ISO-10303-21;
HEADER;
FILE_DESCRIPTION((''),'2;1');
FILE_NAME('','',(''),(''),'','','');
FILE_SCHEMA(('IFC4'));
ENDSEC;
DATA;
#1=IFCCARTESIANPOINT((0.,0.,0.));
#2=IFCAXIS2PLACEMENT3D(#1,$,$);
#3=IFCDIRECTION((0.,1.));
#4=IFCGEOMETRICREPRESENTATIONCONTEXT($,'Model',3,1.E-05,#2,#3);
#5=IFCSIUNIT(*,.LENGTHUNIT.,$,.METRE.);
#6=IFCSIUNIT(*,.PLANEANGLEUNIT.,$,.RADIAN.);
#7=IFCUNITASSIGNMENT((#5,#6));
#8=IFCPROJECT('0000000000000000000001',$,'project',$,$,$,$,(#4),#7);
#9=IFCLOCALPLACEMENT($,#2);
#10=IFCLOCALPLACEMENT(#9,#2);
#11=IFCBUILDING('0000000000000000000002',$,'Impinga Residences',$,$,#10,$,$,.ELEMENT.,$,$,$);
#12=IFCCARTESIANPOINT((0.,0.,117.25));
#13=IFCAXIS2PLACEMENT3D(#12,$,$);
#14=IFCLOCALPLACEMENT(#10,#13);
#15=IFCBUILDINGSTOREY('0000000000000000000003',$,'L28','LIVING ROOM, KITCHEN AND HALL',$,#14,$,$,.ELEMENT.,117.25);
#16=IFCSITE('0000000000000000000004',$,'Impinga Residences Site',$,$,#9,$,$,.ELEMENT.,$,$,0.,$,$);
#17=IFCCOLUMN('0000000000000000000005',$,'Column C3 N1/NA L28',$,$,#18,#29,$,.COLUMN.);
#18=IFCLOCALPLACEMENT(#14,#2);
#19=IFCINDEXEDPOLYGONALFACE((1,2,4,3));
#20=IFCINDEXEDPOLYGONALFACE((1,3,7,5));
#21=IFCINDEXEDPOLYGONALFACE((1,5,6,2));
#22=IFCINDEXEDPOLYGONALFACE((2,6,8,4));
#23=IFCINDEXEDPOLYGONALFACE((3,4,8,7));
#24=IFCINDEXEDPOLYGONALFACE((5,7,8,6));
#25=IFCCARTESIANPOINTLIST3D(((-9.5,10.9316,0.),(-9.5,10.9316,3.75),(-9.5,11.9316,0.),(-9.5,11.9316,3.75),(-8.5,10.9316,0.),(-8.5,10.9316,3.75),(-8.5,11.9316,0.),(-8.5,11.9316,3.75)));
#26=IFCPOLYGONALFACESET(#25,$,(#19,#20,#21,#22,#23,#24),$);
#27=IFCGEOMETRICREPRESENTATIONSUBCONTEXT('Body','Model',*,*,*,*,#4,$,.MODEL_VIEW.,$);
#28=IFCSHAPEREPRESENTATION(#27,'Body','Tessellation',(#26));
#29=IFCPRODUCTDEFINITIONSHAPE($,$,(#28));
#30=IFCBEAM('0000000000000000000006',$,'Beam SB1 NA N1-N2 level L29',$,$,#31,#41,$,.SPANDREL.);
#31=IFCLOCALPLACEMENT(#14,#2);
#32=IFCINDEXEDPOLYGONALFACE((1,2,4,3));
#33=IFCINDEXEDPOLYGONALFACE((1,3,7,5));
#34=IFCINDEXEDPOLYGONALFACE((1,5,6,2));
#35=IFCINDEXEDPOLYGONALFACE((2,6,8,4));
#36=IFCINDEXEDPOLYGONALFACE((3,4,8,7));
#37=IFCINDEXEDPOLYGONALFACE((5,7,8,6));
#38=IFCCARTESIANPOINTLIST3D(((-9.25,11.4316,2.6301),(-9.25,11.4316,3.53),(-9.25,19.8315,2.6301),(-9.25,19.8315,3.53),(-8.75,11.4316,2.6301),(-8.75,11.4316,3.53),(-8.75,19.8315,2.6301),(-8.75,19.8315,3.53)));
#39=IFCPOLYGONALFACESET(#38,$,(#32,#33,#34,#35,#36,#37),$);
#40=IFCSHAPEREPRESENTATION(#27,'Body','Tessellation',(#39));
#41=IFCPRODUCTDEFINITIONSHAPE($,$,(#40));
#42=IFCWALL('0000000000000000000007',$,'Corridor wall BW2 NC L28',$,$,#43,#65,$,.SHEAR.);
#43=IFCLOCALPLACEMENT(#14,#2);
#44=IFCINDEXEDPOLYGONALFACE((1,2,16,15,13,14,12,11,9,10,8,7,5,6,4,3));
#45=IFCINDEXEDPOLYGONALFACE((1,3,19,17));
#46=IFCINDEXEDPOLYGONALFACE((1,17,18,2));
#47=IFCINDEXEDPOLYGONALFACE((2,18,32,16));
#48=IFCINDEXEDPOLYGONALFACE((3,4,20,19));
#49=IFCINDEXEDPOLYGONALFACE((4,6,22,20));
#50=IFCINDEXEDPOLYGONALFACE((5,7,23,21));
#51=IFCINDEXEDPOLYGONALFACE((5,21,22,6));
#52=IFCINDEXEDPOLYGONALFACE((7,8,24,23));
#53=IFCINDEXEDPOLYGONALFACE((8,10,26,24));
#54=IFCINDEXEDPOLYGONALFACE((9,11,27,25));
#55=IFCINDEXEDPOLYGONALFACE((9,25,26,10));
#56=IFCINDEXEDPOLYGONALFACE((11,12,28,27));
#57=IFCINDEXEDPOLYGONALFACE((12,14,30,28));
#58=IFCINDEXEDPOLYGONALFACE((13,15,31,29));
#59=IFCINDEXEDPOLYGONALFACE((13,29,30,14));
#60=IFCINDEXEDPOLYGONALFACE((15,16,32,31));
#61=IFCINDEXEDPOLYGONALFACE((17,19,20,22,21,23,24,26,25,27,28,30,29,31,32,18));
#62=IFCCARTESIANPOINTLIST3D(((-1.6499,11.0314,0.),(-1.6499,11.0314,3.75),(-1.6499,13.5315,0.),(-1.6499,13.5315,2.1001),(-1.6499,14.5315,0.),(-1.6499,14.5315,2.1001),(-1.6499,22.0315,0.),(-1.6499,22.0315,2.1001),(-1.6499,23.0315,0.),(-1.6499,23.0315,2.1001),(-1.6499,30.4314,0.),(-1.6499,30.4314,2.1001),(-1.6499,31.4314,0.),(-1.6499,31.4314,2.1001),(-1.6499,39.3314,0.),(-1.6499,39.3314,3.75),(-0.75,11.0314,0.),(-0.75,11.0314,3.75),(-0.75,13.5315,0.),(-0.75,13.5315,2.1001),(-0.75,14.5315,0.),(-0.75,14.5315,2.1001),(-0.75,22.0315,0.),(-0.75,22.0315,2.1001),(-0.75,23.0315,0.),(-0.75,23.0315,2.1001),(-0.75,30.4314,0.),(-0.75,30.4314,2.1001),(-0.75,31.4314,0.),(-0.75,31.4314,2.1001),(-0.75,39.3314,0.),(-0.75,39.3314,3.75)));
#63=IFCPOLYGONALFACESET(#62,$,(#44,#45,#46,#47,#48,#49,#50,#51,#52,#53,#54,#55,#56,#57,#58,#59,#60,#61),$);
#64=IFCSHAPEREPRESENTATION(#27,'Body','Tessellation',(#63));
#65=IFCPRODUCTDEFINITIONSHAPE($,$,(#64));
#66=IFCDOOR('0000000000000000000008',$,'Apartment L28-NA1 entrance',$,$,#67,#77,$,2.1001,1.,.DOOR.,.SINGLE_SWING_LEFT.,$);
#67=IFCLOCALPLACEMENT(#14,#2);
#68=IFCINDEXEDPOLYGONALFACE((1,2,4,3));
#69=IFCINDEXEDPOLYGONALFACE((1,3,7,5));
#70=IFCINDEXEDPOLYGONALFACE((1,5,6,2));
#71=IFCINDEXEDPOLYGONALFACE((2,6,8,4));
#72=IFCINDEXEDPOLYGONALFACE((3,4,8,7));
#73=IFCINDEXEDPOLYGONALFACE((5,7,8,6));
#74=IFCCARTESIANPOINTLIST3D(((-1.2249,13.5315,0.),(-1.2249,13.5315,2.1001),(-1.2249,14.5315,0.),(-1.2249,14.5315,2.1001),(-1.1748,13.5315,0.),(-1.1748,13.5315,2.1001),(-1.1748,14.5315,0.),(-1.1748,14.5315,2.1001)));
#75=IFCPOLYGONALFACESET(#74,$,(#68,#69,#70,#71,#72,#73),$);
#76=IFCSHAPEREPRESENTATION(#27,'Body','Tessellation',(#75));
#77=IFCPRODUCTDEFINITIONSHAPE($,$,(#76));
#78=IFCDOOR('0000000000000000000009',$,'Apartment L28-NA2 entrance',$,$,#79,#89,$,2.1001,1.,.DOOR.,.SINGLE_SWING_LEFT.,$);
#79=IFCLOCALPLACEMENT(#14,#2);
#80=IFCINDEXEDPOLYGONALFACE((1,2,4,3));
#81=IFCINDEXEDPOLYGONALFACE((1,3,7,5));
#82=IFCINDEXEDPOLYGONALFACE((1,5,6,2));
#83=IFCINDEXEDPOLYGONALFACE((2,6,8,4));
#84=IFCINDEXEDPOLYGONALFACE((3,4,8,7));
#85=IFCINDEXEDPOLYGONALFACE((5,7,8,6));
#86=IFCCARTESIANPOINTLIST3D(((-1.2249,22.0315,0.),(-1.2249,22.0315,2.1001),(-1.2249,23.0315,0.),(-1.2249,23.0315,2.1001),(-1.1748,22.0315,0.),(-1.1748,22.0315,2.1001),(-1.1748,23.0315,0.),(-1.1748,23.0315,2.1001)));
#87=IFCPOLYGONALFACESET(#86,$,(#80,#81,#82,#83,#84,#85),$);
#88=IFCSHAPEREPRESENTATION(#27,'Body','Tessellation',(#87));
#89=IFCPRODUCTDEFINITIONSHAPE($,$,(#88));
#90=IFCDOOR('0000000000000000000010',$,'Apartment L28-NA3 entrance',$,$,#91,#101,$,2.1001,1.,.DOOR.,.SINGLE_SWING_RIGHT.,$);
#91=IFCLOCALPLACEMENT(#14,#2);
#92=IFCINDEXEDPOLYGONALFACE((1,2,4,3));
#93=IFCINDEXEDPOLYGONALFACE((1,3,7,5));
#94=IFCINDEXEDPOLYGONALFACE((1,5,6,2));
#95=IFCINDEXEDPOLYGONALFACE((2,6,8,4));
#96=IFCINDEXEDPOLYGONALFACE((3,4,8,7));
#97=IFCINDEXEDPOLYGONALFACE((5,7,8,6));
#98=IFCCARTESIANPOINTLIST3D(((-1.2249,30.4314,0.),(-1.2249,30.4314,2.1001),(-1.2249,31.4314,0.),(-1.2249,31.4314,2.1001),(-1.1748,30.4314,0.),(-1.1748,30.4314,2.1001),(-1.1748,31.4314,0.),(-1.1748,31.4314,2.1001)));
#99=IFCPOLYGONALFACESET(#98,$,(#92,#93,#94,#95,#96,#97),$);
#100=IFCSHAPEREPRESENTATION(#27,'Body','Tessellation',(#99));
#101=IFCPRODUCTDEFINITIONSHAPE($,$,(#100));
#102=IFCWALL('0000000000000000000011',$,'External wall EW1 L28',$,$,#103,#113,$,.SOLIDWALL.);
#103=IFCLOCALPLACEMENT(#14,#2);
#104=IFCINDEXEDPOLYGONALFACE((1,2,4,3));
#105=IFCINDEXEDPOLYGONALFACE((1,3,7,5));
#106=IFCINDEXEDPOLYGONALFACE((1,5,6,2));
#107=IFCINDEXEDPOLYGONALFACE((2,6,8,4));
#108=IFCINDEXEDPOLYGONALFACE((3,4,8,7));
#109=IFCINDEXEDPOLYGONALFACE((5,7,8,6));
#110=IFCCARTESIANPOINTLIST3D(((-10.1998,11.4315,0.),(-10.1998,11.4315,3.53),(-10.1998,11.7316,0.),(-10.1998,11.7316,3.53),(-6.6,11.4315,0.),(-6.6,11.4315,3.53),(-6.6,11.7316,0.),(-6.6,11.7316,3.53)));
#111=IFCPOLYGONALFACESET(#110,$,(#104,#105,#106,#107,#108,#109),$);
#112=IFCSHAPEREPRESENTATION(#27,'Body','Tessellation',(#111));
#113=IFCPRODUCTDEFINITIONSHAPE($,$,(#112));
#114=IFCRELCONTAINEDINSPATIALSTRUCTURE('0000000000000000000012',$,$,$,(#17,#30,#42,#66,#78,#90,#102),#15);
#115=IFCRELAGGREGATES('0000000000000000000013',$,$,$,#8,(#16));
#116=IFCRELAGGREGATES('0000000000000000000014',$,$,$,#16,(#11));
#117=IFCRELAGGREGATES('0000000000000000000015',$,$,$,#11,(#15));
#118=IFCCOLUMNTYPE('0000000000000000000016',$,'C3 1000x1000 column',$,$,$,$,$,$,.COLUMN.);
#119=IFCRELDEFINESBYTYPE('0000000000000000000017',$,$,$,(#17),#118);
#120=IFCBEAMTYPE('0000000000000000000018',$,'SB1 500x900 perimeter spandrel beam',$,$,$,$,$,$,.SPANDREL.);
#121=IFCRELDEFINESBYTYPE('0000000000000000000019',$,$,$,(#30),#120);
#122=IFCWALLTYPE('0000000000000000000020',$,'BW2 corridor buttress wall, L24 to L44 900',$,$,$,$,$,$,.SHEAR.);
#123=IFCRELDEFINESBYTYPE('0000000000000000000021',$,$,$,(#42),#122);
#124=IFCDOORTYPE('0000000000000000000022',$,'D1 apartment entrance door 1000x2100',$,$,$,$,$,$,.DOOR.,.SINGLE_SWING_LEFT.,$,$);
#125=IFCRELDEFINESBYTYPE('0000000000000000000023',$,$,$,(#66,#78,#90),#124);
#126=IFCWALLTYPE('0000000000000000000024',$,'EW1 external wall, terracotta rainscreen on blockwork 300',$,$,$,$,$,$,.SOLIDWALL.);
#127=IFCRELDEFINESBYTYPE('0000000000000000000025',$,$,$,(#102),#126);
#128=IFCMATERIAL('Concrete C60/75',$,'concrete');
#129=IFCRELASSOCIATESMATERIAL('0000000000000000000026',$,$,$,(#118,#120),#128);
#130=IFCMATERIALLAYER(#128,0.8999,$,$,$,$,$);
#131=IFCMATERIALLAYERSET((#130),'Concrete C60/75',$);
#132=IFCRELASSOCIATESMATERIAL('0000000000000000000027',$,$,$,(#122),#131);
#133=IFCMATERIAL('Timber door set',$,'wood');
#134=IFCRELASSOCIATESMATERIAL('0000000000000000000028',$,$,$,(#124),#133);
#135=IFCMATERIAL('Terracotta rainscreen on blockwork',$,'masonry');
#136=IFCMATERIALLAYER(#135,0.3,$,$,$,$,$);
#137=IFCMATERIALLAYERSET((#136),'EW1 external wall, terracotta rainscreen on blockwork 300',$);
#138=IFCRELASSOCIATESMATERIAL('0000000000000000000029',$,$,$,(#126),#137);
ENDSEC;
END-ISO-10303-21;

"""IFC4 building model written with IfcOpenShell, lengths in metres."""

from ifc_helpers import new_model, si_unit, direction, frame, frame_2d, origin, origin_2d, place, context, subcontext, project, spatial, rectangle, extrude, material, layer, layer_set, material_profile, profile_set, type_object, element, fill, save


model = new_model("IFC4")

# Units and contexts
model_context = context("Model", 3, precision=1e-05, world=origin(), true_north=direction((0.0, 1.0)))
body_context = subcontext(model_context, "Body", "Model", "MODEL_VIEW")
ifc_project = project(units=[si_unit("LENGTHUNIT", "METRE"), si_unit("PLANEANGLEUNIT", "RADIAN")], contexts=[model_context])

# Site, building, storey
site_placement = place(None, origin())
site = spatial("IfcSite", under=ifc_project, at=site_placement, Name="Impinga Residences Site", CompositionType="ELEMENT", RefElevation=0.0)
building_placement = place(site_placement, origin())
building = spatial("IfcBuilding", under=site, at=building_placement, Name="Impinga Residences", CompositionType="ELEMENT")
storey_placement = place(building_placement, frame((0.0, 0.0, 117.25)))
storey = spatial("IfcBuildingStorey", under=building, at=storey_placement, Name="L28", Description="LIVING ROOM, KITCHEN AND HALL", CompositionType="ELEMENT", Elevation=117.25)

# Column
ifc_material_1 = material(Name="Concrete C60/75", Category="concrete")
ifc_material_profile_1 = material_profile(ifc_material_1, rectangle(XDim=1.0, YDim=1.0, at=origin_2d()), Name="RC 1000x1000")
ifc_profile_set_1 = profile_set([ifc_material_profile_1], Name="Concrete C60/75")
column_type = type_object("IfcColumnType", Name="C3 1000x1000 column", PredefinedType="COLUMN", material=ifc_profile_set_1)
column_placement = place(storey_placement, frame((-9.0, 11.4316, 0.0), z_axis=(0.0, 0.0, 1.0), x_axis=(1.0, 0.0, 0.0)))
element("IfcColumn", 1, at=column_placement, inside=storey, type_object=column_type, Name="Column C3 N1/NA L28", PredefinedType="COLUMN", context=body_context, shape_type="SweptSolid", body=[
    extrude(rectangle(XDim=1.0, YDim=1.0, at=origin_2d()), origin(), (0.0, 0.0, 1.0), 3.75),
])

# Beam
ifc_material_profile_2 = material_profile(ifc_material_1, rectangle(XDim=0.5, YDim=0.8999, at=origin_2d()), Name="RC 500x900")
ifc_profile_set_2 = profile_set([ifc_material_profile_2], Name="Concrete C60/75")
beam_type = type_object("IfcBeamType", Name="SB1 500x900 perimeter spandrel beam", PredefinedType="SPANDREL", material=ifc_profile_set_2)
beam_placement = place(storey_placement, frame((-9.0, 11.4316, 3.0801), z_axis=(0.0, 1.0, 0.0), x_axis=(-1.0, 0.0, 0.0)))
element("IfcBeam", 2, at=beam_placement, inside=storey, type_object=beam_type, Name="Beam SB1 NA N1-N2 level L29", PredefinedType="SPANDREL", context=body_context, shape_type="SweptSolid", body=[
    extrude(rectangle(XDim=0.5, YDim=0.8999, at=origin_2d()), origin(), (0.0, 0.0, 1.0), 8.3999),
])

# Wall, openings, doors
ifc_layer_1 = layer(ifc_material_1, 0.8999)
ifc_layer_set_1 = layer_set([ifc_layer_1], Name="Concrete C60/75")
wall_type_1 = type_object("IfcWallType", Name="BW2 corridor buttress wall, L24 to L44 900", PredefinedType="SHEAR", material=ifc_layer_set_1)
wall_1_placement = place(storey_placement, frame((-1.2, 11.0315, 0.0), z_axis=(0.0, 0.0, 1.0), x_axis=(0.0, 1.0, 0.0)))
wall_1 = element("IfcWall", 3, at=wall_1_placement, inside=storey, type_object=wall_type_1, Name="Corridor wall BW2 NC L28", PredefinedType="SHEAR", context=body_context, shape_type="SweptSolid", body=[
    extrude(rectangle(XDim=28.3, YDim=0.8999, at=frame_2d((14.1499, 0.0))), origin(), (0.0, 0.0, 1.0), 3.75),
])
opening_1_placement = place(wall_1_placement, frame((2.5, 0.0, 0.0)))
opening_1 = element("IfcOpeningElement", 4, at=opening_1_placement, cuts=wall_1, PredefinedType="OPENING", context=body_context, shape_type="SweptSolid", body=[
    extrude(rectangle(XDim=1.0, YDim=2.1001, at=frame_2d((0.5, 1.05))), frame((0.0, 0.46, 0.0), z_axis=(0.0, -1.0, 0.0), x_axis=(1.0, 0.0, 0.0)), (0.0, 0.0, 1.0), 0.9199),
])
opening_2_placement = place(wall_1_placement, frame((11.0, 0.0, 0.0)))
opening_2 = element("IfcOpeningElement", 5, at=opening_2_placement, cuts=wall_1, PredefinedType="OPENING", context=body_context, shape_type="SweptSolid", body=[
    extrude(rectangle(XDim=1.0, YDim=2.1001, at=frame_2d((0.5, 1.05))), frame((0.0, 0.46, 0.0), z_axis=(0.0, -1.0, 0.0), x_axis=(1.0, 0.0, 0.0)), (0.0, 0.0, 1.0), 0.9199),
])
opening_3_placement = place(wall_1_placement, frame((19.3999, 0.0, 0.0)))
opening_3 = element("IfcOpeningElement", 6, at=opening_3_placement, cuts=wall_1, PredefinedType="OPENING", context=body_context, shape_type="SweptSolid", body=[
    extrude(rectangle(XDim=1.0, YDim=2.1001, at=frame_2d((0.5, 1.05))), frame((0.0, 0.46, 0.0), z_axis=(0.0, -1.0, 0.0), x_axis=(1.0, 0.0, 0.0)), (0.0, 0.0, 1.0), 0.9199),
])
ifc_material_2 = material(Name="Timber door set", Category="wood")
door_type_1 = type_object("IfcDoorType", Name="D1 apartment entrance door 1000x2100", OperationType="SINGLE_SWING_LEFT", PredefinedType="DOOR", material=ifc_material_2)
door_1_placement = place(opening_1_placement, origin())
door_1 = element("IfcDoor", 7, at=door_1_placement, inside=storey, type_object=door_type_1, Name="Apartment L28-NA1 entrance", OperationType="SINGLE_SWING_LEFT", OverallHeight=2.1001, OverallWidth=1.0, PredefinedType="DOOR", context=body_context, shape_type="SweptSolid", body=[
    extrude(rectangle(XDim=1.0, YDim=2.1001, at=frame_2d((0.5, 1.05))), frame((0.0, 0.0249, 0.0), z_axis=(0.0, -1.0, 0.0), x_axis=(1.0, 0.0, 0.0)), (0.0, 0.0, 1.0), 0.05),
])
fill(opening_1, door_1)
door_2_placement = place(opening_2_placement, origin())
door_2 = element("IfcDoor", 8, at=door_2_placement, inside=storey, type_object=door_type_1, Name="Apartment L28-NA2 entrance", OperationType="SINGLE_SWING_LEFT", OverallHeight=2.1001, OverallWidth=1.0, PredefinedType="DOOR", context=body_context, shape_type="SweptSolid", body=[
    extrude(rectangle(XDim=1.0, YDim=2.1001, at=frame_2d((0.5, 1.05))), frame((0.0, 0.0249, 0.0), z_axis=(0.0, -1.0, 0.0), x_axis=(1.0, 0.0, 0.0)), (0.0, 0.0, 1.0), 0.05),
])
fill(opening_2, door_2)
door_3_placement = place(opening_3_placement, origin())
door_3 = element("IfcDoor", 9, at=door_3_placement, inside=storey, type_object=door_type_1, Name="Apartment L28-NA3 entrance", OperationType="SINGLE_SWING_RIGHT", OverallHeight=2.1001, OverallWidth=1.0, PredefinedType="DOOR", context=body_context, shape_type="SweptSolid", body=[
    extrude(rectangle(XDim=1.0, YDim=2.1001, at=frame_2d((0.5, 1.05))), frame((0.0, 0.0249, 0.0), z_axis=(0.0, -1.0, 0.0), x_axis=(1.0, 0.0, 0.0)), (0.0, 0.0, 1.0), 0.05),
])
fill(opening_3, door_3)

# Wall
ifc_material_3 = material(Name="Terracotta rainscreen on blockwork", Category="masonry")
ifc_layer_2 = layer(ifc_material_3, 0.3)
ifc_layer_set_2 = layer_set([ifc_layer_2], Name="EW1 external wall, terracotta rainscreen on blockwork 300")
wall_type_2 = type_object("IfcWallType", Name="EW1 external wall, terracotta rainscreen on blockwork 300", PredefinedType="SOLIDWALL", material=ifc_layer_set_2)
wall_2_placement = place(storey_placement, frame((-6.6001, 11.5815, 0.0), z_axis=(0.0, 0.0, 1.0), x_axis=(-1.0, 0.0, 0.0)))
element("IfcWall", 10, at=wall_2_placement, inside=storey, type_object=wall_type_2, Name="External wall EW1 L28", PredefinedType="SOLIDWALL", context=body_context, shape_type="SweptSolid", body=[
    extrude(rectangle(XDim=3.5999, YDim=0.3, at=frame_2d((1.7998, 0.0))), origin(), (0.0, 0.0, 1.0), 3.53),
])

save(model, "model.ifc")
